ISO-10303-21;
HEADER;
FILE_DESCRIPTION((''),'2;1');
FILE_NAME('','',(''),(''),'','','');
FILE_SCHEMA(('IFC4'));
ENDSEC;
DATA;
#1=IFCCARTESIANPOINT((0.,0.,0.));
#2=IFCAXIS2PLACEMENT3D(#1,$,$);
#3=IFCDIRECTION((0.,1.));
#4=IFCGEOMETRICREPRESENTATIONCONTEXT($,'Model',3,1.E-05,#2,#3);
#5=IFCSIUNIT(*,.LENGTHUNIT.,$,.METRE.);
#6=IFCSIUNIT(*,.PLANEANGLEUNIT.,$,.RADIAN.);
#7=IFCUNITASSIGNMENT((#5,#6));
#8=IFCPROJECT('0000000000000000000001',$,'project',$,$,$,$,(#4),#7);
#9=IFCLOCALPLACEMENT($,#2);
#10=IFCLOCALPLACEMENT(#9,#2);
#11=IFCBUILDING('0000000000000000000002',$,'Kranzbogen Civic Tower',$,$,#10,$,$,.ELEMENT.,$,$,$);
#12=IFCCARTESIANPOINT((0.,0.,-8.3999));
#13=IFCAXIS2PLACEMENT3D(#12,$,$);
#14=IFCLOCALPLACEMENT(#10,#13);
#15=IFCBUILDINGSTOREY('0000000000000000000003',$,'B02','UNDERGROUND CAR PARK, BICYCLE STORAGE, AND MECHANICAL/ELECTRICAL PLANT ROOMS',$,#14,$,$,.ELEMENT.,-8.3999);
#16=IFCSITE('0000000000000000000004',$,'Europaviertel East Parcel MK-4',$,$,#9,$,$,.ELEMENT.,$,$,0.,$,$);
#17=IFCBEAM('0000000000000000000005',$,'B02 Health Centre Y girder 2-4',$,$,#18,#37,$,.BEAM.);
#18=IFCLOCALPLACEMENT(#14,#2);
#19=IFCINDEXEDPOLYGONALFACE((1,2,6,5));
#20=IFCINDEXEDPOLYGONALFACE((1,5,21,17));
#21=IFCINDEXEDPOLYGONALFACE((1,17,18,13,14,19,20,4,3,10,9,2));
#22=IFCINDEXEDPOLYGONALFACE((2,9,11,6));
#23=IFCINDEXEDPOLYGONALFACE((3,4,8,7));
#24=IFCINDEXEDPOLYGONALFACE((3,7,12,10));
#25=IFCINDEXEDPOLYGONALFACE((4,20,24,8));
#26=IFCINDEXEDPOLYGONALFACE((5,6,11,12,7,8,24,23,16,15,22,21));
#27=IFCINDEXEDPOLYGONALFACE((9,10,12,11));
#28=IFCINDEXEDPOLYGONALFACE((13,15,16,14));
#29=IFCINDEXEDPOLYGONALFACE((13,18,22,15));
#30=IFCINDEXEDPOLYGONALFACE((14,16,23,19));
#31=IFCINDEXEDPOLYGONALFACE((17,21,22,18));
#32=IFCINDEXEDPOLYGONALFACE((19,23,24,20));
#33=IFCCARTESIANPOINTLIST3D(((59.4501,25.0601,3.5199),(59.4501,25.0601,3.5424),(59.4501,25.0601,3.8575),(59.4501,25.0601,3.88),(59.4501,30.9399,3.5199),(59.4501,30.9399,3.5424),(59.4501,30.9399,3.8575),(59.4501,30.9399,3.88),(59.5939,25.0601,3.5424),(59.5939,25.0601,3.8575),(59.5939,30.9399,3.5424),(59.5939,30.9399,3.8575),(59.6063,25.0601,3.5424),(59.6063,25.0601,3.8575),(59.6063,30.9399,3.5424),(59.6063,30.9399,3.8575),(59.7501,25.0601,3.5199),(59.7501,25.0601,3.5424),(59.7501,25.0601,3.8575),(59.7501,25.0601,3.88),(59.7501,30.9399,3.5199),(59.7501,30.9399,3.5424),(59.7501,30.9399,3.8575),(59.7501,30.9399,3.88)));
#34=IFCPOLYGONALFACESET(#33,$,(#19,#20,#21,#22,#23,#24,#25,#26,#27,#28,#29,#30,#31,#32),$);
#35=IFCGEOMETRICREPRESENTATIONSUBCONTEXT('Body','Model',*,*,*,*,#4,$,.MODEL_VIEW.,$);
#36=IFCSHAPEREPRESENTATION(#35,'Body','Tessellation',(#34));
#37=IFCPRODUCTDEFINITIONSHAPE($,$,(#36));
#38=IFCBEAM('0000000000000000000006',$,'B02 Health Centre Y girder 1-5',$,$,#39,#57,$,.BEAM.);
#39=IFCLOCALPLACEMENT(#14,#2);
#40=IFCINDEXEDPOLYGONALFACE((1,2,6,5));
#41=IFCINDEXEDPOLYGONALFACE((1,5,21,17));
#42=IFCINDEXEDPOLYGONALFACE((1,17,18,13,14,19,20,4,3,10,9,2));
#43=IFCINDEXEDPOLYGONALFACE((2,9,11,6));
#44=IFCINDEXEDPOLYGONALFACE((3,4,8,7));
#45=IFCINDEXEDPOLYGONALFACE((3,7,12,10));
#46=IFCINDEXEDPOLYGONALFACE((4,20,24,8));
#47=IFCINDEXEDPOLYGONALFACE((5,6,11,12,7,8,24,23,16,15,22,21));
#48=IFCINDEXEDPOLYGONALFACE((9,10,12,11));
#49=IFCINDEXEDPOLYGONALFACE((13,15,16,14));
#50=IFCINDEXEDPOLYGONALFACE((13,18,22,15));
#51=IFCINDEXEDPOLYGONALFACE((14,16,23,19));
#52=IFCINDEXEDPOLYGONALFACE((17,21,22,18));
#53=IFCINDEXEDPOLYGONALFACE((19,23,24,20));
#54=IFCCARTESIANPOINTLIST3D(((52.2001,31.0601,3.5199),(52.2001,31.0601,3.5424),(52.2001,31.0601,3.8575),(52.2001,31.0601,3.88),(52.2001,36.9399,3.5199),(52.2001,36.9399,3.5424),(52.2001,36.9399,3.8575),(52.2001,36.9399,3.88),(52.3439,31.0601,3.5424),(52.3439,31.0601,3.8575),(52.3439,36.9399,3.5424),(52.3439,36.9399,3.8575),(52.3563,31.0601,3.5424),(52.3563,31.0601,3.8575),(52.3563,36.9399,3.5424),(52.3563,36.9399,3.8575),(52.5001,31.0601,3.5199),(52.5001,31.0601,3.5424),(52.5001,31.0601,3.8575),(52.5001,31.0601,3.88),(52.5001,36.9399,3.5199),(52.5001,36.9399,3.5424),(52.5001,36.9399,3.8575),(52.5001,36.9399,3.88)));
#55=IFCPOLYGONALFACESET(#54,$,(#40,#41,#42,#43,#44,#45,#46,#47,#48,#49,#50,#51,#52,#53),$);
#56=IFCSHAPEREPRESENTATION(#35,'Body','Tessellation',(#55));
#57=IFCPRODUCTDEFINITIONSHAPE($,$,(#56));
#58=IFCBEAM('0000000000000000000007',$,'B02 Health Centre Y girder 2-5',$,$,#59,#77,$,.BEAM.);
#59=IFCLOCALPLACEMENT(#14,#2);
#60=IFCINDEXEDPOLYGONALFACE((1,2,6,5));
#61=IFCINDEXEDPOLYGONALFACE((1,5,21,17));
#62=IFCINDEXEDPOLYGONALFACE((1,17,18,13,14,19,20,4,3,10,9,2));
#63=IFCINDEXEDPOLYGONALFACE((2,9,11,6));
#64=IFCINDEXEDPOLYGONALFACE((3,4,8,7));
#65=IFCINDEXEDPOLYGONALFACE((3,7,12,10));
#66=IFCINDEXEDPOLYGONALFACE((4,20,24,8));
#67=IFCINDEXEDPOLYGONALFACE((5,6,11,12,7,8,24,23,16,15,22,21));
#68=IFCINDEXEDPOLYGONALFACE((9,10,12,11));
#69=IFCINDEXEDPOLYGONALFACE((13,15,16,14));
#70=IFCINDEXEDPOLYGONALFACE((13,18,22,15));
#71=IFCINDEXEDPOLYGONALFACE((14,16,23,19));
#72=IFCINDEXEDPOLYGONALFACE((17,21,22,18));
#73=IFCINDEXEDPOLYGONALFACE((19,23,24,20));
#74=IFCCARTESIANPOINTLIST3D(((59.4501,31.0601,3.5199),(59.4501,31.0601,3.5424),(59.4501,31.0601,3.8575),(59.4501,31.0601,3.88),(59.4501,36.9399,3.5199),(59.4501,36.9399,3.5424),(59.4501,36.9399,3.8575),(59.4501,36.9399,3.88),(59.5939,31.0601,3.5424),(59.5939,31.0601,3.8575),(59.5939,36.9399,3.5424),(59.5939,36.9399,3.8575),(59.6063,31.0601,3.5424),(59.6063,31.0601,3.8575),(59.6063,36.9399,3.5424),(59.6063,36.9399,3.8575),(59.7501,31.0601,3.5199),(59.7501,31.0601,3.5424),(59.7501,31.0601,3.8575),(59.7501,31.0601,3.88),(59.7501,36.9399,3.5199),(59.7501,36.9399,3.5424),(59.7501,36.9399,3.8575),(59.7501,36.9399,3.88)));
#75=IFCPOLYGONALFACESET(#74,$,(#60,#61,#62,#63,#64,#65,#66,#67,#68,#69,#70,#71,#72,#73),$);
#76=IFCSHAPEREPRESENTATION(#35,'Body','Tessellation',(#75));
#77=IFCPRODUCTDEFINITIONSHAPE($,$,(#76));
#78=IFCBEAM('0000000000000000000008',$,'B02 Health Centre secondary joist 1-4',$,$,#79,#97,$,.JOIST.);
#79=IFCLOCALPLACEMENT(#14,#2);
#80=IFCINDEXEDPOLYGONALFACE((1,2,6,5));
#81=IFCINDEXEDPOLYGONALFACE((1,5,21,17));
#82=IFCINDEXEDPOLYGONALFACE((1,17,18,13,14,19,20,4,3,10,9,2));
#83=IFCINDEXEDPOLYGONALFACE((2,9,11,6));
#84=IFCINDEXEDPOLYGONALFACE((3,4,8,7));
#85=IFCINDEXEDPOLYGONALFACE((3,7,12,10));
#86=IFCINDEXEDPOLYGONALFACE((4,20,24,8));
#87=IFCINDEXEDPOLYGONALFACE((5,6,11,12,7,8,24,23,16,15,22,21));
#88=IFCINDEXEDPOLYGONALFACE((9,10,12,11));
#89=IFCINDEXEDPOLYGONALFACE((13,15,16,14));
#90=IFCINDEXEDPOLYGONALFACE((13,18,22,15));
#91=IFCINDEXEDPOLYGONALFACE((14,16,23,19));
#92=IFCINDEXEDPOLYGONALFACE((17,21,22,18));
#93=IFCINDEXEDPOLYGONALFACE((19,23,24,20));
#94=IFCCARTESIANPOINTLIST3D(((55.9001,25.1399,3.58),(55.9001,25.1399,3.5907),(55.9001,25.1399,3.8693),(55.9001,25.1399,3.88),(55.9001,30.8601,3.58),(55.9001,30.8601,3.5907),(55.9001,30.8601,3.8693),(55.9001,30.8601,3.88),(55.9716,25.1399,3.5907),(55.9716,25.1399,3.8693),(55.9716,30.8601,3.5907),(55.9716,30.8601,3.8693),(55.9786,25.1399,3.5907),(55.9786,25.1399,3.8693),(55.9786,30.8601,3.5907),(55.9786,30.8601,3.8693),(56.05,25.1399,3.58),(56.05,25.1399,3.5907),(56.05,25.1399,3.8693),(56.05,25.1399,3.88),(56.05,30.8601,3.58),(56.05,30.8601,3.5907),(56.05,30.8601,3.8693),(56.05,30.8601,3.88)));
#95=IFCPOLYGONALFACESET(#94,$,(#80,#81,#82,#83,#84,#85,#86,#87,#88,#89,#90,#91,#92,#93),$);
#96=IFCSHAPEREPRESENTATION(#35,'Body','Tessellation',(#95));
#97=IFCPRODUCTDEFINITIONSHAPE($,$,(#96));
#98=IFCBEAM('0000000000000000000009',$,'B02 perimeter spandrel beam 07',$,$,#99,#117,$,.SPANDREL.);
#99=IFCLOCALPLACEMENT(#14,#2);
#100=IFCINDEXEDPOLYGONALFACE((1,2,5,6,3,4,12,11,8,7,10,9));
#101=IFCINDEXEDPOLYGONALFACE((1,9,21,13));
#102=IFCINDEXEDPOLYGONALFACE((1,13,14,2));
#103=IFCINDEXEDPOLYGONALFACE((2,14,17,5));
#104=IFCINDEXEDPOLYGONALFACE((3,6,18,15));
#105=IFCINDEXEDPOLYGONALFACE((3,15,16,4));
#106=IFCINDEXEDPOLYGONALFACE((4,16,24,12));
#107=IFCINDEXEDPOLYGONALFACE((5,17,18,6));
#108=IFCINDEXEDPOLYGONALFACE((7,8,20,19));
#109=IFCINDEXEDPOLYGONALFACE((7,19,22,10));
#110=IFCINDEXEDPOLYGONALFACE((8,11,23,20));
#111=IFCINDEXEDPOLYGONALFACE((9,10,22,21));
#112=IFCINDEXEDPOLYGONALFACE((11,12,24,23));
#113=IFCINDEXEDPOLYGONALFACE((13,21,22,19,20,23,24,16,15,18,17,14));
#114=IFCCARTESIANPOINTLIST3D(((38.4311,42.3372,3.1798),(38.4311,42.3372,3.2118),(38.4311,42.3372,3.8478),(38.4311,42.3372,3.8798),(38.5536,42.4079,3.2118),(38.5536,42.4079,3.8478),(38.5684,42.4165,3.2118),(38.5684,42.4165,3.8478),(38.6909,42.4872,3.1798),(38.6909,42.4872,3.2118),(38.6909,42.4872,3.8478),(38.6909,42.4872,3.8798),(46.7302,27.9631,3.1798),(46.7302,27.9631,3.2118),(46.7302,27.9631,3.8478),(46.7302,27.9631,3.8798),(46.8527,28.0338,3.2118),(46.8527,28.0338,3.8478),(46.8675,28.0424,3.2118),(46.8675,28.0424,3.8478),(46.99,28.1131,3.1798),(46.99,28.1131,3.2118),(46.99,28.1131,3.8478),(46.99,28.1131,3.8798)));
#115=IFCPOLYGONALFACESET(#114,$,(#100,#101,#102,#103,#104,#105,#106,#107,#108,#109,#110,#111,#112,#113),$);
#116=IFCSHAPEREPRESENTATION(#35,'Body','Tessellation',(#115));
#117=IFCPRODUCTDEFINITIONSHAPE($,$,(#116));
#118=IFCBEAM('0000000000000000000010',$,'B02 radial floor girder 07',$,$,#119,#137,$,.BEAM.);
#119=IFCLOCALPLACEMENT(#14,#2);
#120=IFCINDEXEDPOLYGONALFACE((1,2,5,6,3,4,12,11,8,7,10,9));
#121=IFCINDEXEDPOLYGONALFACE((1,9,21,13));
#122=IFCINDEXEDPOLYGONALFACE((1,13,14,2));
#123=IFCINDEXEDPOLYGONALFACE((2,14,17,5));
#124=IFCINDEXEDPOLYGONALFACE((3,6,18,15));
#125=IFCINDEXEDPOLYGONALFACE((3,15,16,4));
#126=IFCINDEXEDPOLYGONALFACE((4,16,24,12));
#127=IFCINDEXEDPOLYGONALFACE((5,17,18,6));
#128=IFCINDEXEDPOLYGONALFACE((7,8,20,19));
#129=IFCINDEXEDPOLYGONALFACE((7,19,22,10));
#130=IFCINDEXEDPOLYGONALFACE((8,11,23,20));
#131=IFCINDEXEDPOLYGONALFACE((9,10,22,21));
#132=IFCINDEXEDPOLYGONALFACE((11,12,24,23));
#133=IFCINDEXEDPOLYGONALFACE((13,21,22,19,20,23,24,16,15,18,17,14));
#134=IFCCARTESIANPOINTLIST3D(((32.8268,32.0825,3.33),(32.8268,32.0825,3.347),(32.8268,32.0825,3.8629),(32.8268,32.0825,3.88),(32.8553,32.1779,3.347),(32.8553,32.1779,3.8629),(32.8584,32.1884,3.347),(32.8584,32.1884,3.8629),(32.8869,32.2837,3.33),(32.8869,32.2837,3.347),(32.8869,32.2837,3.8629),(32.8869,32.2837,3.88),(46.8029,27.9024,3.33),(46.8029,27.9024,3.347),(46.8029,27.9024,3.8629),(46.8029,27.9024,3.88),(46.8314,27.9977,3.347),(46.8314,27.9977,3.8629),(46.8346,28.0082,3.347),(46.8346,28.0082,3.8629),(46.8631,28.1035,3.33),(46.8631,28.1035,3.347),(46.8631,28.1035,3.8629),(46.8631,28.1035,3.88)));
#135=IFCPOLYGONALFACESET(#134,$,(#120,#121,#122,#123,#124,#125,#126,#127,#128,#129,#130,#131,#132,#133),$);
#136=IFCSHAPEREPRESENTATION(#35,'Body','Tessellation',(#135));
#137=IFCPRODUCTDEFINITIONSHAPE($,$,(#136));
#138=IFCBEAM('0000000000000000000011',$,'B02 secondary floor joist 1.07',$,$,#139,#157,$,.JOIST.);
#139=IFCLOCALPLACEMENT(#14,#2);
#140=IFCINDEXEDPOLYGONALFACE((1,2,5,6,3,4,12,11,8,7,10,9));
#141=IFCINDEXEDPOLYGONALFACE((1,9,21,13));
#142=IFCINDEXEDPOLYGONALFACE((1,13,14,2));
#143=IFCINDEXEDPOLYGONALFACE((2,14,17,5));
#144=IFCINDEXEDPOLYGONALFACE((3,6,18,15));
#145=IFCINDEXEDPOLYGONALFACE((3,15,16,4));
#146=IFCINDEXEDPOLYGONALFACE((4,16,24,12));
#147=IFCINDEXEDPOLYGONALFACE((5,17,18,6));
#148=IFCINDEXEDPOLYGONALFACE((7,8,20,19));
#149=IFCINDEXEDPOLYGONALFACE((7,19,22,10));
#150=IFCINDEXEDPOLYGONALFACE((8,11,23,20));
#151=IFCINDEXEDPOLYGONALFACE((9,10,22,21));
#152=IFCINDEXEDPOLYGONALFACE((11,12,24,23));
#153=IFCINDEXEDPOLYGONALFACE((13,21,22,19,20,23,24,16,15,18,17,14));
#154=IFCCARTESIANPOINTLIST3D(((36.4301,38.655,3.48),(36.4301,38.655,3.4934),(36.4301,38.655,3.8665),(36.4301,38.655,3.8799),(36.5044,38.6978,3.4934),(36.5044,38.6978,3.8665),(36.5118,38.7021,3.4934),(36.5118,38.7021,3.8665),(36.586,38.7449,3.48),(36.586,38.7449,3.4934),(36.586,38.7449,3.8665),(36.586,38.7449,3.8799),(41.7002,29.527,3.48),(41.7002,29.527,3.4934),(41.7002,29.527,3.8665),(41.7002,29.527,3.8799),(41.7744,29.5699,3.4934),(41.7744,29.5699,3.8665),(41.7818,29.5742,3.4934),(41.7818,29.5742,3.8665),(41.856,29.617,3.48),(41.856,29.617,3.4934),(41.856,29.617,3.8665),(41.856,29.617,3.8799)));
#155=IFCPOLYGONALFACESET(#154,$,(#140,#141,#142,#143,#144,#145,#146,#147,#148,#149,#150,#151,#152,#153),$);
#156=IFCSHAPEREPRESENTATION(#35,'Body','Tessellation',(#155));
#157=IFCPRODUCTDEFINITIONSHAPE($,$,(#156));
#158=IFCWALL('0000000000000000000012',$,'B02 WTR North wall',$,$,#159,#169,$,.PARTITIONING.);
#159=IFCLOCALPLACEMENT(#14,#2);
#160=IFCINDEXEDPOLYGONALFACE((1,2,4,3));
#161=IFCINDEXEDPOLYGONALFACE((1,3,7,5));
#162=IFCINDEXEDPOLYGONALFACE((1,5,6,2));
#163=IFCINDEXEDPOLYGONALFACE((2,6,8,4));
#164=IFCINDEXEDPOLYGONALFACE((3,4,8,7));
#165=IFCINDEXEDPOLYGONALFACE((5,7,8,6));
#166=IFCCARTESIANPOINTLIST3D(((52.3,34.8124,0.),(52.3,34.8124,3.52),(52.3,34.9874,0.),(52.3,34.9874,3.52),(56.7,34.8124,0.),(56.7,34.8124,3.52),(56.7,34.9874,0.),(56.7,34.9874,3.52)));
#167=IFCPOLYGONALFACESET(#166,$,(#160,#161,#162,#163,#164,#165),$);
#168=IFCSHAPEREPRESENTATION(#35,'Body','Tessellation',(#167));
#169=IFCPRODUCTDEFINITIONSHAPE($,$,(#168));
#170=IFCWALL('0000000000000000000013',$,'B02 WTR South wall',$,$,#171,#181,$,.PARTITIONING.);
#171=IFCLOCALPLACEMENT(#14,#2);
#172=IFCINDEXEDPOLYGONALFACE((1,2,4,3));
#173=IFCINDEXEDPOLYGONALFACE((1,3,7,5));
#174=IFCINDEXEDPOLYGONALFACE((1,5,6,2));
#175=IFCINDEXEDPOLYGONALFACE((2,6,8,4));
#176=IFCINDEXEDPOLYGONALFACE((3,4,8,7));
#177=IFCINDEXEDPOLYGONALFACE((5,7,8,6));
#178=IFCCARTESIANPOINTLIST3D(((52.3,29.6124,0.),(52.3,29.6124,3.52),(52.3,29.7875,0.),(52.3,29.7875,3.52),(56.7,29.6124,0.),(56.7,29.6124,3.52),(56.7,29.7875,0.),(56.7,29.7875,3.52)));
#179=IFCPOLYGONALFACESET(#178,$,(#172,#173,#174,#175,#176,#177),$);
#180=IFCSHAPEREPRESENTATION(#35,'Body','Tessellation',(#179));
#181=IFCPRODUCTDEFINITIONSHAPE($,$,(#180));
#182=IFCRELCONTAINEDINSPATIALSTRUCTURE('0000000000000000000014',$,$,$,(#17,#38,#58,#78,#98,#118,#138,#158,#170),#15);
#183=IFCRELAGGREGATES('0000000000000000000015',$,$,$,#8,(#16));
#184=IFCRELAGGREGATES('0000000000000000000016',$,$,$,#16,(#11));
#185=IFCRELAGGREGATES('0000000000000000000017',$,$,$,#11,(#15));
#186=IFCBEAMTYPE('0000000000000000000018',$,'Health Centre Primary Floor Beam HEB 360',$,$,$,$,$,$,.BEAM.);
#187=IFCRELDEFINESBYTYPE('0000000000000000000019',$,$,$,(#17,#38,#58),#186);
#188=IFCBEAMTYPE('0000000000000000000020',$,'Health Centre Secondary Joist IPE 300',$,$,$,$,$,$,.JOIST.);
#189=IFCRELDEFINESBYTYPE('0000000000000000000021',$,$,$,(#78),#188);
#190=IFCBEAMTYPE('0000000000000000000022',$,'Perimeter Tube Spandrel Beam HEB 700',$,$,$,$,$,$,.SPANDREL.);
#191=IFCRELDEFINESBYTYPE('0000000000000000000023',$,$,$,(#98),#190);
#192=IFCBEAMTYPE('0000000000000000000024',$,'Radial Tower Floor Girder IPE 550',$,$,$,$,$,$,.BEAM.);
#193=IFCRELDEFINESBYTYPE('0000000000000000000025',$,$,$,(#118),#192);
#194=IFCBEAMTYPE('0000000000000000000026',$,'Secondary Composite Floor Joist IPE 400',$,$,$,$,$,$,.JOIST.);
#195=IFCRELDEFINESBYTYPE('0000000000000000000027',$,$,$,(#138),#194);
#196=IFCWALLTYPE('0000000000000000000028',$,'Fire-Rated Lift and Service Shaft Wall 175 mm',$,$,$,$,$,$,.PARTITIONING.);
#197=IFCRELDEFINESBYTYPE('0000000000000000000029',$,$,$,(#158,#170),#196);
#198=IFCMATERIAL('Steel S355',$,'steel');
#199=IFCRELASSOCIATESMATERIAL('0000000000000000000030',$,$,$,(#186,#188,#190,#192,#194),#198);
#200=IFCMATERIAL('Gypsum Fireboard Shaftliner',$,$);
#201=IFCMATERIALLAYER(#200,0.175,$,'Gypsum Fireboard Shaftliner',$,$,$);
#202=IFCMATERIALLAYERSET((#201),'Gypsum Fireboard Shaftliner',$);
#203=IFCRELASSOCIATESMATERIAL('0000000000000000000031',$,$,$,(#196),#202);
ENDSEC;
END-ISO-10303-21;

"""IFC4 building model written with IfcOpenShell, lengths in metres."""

from ifc_helpers import new_model, si_unit, direction, frame, frame_2d, origin, origin_2d, place, context, subcontext, project, spatial, rectangle, i_section, extrude, material, layer, layer_set, material_profile, profile_set, type_object, element, save


model = new_model("IFC4")

# Units and contexts
model_context = context("Model", 3, precision=1e-05, world=origin(), true_north=direction((0.0, 1.0)))
body_context = subcontext(model_context, "Body", "Model", "MODEL_VIEW")
ifc_project = project(units=[si_unit("LENGTHUNIT", "METRE"), si_unit("PLANEANGLEUNIT", "RADIAN")], contexts=[model_context])

# Site, building, storey
site_placement = place(None, origin())
site = spatial("IfcSite", under=ifc_project, at=site_placement, Name="Europaviertel East Parcel MK-4", CompositionType="ELEMENT", RefElevation=0.0)
building_placement = place(site_placement, origin())
building = spatial("IfcBuilding", under=site, at=building_placement, Name="Kranzbogen Civic Tower", CompositionType="ELEMENT")
storey_placement = place(building_placement, frame((0.0, 0.0, -8.3999)))
storey = spatial("IfcBuildingStorey", under=building, at=storey_placement, Name="B02", Description="UNDERGROUND CAR PARK, BICYCLE STORAGE, AND MECHANICAL/ELECTRICAL PLANT ROOMS", CompositionType="ELEMENT", Elevation=-8.3999)

# Shared definitions
ifc_material_1 = material(Name="Steel S355", Category="steel")

# Beams
ifc_material_profile_1 = material_profile(ifc_material_1, i_section(OverallWidth=0.3, OverallDepth=0.3601, WebThickness=0.0125, FlangeThickness=0.0225, at=origin_2d()), Name="HEB 360")
ifc_profile_set_1 = profile_set([ifc_material_profile_1], Name="Steel S355")
beam_type_1 = type_object("IfcBeamType", Name="Health Centre Primary Floor Beam HEB 360", PredefinedType="BEAM", material=ifc_profile_set_1)
for number, where, z_axis, x_axis, name in (
    (1, (59.6001, 25.0601, 3.7), (0.0, 1.0, 0.0), (-1.0, 0.0, 0.0), "B02 Health Centre Y girder 2-4"),
    (2, (52.3501, 31.0601, 3.7), (0.0, 1.0, 0.0), (-1.0, 0.0, 0.0), "B02 Health Centre Y girder 1-5"),
    (3, (59.6001, 31.0601, 3.7), (0.0, 1.0, 0.0), (-1.0, 0.0, 0.0), "B02 Health Centre Y girder 2-5"),
):
    element("IfcBeam", number, at=place(storey_placement, frame(where, z_axis=z_axis, x_axis=x_axis)), inside=storey, type_object=beam_type_1, Name=name, PredefinedType="BEAM", context=body_context, shape_type="SweptSolid", body=[
        extrude(i_section(OverallWidth=0.3, OverallDepth=0.3601, WebThickness=0.0125, FlangeThickness=0.0225, at=origin_2d()), origin(), (0.0, 0.0, 1.0), 5.8799),
    ])
ifc_material_profile_2 = material_profile(ifc_material_1, i_section(OverallWidth=0.1499, OverallDepth=0.3, WebThickness=0.0071, FlangeThickness=0.0107, at=origin_2d()), Name="IPE 300")
ifc_profile_set_2 = profile_set([ifc_material_profile_2], Name="Steel S355")
beam_type_2 = type_object("IfcBeamType", Name="Health Centre Secondary Joist IPE 300", PredefinedType="JOIST", material=ifc_profile_set_2)
beam_1_placement = place(storey_placement, frame((55.9751, 25.1399, 3.73), z_axis=(0.0, 1.0, 0.0), x_axis=(-1.0, 0.0, 0.0)))
element("IfcBeam", 4, at=beam_1_placement, inside=storey, type_object=beam_type_2, Name="B02 Health Centre secondary joist 1-4", PredefinedType="JOIST", context=body_context, shape_type="SweptSolid", body=[
    extrude(i_section(OverallWidth=0.1499, OverallDepth=0.3, WebThickness=0.0071, FlangeThickness=0.0107, at=origin_2d()), origin(), (0.0, 0.0, 1.0), 5.7202),
])
ifc_material_profile_3 = material_profile(ifc_material_1, i_section(OverallWidth=0.3, OverallDepth=0.7, WebThickness=0.0171, FlangeThickness=0.032, at=origin_2d()), Name="HEB 700")
ifc_profile_set_3 = profile_set([ifc_material_profile_3], Name="Steel S355")
beam_type_3 = type_object("IfcBeamType", Name="Perimeter Tube Spandrel Beam HEB 700", PredefinedType="SPANDREL", material=ifc_profile_set_3)
beam_2_placement = place(storey_placement, frame((46.8601, 28.0381, 3.5298), z_axis=(-0.50001, 0.86602, 0.0), x_axis=(-0.86602, -0.50001, 0.0)))
element("IfcBeam", 5, at=beam_2_placement, inside=storey, type_object=beam_type_3, Name="B02 perimeter spandrel beam 07", PredefinedType="SPANDREL", context=body_context, shape_type="SweptSolid", body=[
    extrude(i_section(OverallWidth=0.3, OverallDepth=0.7, WebThickness=0.0171, FlangeThickness=0.032, at=origin_2d()), origin(), (0.0, 0.0, 1.0), 16.5979),
])
ifc_material_profile_4 = material_profile(ifc_material_1, i_section(OverallWidth=0.21, OverallDepth=0.55, WebThickness=0.011, FlangeThickness=0.0171, at=origin_2d()), Name="IPE 550")
ifc_profile_set_4 = profile_set([ifc_material_profile_4], Name="Steel S355")
beam_type_4 = type_object("IfcBeamType", Name="Radial Tower Floor Girder IPE 550", PredefinedType="BEAM", material=ifc_profile_set_4)
beam_3_placement = place(storey_placement, frame((46.833, 28.0029, 3.605), z_axis=(-0.958065, 0.286552, 0.0), x_axis=(-0.286552, -0.958065, 0.0)))
element("IfcBeam", 6, at=beam_3_placement, inside=storey, type_object=beam_type_4, Name="B02 radial floor girder 07", PredefinedType="BEAM", context=body_context, shape_type="SweptSolid", body=[
    extrude(i_section(OverallWidth=0.21, OverallDepth=0.55, WebThickness=0.011, FlangeThickness=0.0171, at=origin_2d()), origin(), (0.0, 0.0, 1.0), 14.5879),
])
ifc_material_profile_5 = material_profile(ifc_material_1, i_section(OverallWidth=0.1799, OverallDepth=0.3999, WebThickness=0.0085, FlangeThickness=0.0134, at=origin_2d()), Name="IPE 400")
ifc_profile_set_5 = profile_set([ifc_material_profile_5], Name="Steel S355")
beam_type_5 = type_object("IfcBeamType", Name="Secondary Composite Floor Joist IPE 400", PredefinedType="JOIST", material=ifc_profile_set_5)
beam_4_placement = place(storey_placement, frame((41.7781, 29.572, 3.6799), z_axis=(-0.5, 0.866025, 0.0), x_axis=(-0.866025, -0.5, 0.0)))
element("IfcBeam", 7, at=beam_4_placement, inside=storey, type_object=beam_type_5, Name="B02 secondary floor joist 1.07", PredefinedType="JOIST", context=body_context, shape_type="SweptSolid", body=[
    extrude(i_section(OverallWidth=0.1799, OverallDepth=0.3999, WebThickness=0.0085, FlangeThickness=0.0134, at=origin_2d()), origin(), (0.0, 0.0, 1.0), 10.54),
])

# Walls
ifc_material_2 = material(Name="Gypsum Fireboard Shaftliner")
ifc_layer_1 = layer(ifc_material_2, 0.175, Name="Gypsum Fireboard Shaftliner")
ifc_layer_set_1 = layer_set([ifc_layer_1], Name="Gypsum Fireboard Shaftliner")
wall_type_1 = type_object("IfcWallType", Name="Fire-Rated Lift and Service Shaft Wall 175 mm", PredefinedType="PARTITIONING", material=ifc_layer_set_1)
for number, where, z_axis, x_axis, name in (
    (8, (52.3, 34.8999, 0.0), (0.0, 0.0, 1.0), (1.0, 0.0, 0.0), "B02 WTR North wall"),
    (9, (52.3, 29.7, 0.0), (0.0, 0.0, 1.0), (1.0, 0.0, 0.0), "B02 WTR South wall"),
):
    element("IfcWall", number, at=place(storey_placement, frame(where, z_axis=z_axis, x_axis=x_axis)), inside=storey, type_object=wall_type_1, Name=name, PredefinedType="PARTITIONING", context=body_context, shape_type="SweptSolid", body=[
        extrude(rectangle(XDim=4.3999, YDim=0.175, at=frame_2d((2.2, 0.0))), origin(), (0.0, 0.0, 1.0), 3.52),
    ])

save(model, "model.ifc")
